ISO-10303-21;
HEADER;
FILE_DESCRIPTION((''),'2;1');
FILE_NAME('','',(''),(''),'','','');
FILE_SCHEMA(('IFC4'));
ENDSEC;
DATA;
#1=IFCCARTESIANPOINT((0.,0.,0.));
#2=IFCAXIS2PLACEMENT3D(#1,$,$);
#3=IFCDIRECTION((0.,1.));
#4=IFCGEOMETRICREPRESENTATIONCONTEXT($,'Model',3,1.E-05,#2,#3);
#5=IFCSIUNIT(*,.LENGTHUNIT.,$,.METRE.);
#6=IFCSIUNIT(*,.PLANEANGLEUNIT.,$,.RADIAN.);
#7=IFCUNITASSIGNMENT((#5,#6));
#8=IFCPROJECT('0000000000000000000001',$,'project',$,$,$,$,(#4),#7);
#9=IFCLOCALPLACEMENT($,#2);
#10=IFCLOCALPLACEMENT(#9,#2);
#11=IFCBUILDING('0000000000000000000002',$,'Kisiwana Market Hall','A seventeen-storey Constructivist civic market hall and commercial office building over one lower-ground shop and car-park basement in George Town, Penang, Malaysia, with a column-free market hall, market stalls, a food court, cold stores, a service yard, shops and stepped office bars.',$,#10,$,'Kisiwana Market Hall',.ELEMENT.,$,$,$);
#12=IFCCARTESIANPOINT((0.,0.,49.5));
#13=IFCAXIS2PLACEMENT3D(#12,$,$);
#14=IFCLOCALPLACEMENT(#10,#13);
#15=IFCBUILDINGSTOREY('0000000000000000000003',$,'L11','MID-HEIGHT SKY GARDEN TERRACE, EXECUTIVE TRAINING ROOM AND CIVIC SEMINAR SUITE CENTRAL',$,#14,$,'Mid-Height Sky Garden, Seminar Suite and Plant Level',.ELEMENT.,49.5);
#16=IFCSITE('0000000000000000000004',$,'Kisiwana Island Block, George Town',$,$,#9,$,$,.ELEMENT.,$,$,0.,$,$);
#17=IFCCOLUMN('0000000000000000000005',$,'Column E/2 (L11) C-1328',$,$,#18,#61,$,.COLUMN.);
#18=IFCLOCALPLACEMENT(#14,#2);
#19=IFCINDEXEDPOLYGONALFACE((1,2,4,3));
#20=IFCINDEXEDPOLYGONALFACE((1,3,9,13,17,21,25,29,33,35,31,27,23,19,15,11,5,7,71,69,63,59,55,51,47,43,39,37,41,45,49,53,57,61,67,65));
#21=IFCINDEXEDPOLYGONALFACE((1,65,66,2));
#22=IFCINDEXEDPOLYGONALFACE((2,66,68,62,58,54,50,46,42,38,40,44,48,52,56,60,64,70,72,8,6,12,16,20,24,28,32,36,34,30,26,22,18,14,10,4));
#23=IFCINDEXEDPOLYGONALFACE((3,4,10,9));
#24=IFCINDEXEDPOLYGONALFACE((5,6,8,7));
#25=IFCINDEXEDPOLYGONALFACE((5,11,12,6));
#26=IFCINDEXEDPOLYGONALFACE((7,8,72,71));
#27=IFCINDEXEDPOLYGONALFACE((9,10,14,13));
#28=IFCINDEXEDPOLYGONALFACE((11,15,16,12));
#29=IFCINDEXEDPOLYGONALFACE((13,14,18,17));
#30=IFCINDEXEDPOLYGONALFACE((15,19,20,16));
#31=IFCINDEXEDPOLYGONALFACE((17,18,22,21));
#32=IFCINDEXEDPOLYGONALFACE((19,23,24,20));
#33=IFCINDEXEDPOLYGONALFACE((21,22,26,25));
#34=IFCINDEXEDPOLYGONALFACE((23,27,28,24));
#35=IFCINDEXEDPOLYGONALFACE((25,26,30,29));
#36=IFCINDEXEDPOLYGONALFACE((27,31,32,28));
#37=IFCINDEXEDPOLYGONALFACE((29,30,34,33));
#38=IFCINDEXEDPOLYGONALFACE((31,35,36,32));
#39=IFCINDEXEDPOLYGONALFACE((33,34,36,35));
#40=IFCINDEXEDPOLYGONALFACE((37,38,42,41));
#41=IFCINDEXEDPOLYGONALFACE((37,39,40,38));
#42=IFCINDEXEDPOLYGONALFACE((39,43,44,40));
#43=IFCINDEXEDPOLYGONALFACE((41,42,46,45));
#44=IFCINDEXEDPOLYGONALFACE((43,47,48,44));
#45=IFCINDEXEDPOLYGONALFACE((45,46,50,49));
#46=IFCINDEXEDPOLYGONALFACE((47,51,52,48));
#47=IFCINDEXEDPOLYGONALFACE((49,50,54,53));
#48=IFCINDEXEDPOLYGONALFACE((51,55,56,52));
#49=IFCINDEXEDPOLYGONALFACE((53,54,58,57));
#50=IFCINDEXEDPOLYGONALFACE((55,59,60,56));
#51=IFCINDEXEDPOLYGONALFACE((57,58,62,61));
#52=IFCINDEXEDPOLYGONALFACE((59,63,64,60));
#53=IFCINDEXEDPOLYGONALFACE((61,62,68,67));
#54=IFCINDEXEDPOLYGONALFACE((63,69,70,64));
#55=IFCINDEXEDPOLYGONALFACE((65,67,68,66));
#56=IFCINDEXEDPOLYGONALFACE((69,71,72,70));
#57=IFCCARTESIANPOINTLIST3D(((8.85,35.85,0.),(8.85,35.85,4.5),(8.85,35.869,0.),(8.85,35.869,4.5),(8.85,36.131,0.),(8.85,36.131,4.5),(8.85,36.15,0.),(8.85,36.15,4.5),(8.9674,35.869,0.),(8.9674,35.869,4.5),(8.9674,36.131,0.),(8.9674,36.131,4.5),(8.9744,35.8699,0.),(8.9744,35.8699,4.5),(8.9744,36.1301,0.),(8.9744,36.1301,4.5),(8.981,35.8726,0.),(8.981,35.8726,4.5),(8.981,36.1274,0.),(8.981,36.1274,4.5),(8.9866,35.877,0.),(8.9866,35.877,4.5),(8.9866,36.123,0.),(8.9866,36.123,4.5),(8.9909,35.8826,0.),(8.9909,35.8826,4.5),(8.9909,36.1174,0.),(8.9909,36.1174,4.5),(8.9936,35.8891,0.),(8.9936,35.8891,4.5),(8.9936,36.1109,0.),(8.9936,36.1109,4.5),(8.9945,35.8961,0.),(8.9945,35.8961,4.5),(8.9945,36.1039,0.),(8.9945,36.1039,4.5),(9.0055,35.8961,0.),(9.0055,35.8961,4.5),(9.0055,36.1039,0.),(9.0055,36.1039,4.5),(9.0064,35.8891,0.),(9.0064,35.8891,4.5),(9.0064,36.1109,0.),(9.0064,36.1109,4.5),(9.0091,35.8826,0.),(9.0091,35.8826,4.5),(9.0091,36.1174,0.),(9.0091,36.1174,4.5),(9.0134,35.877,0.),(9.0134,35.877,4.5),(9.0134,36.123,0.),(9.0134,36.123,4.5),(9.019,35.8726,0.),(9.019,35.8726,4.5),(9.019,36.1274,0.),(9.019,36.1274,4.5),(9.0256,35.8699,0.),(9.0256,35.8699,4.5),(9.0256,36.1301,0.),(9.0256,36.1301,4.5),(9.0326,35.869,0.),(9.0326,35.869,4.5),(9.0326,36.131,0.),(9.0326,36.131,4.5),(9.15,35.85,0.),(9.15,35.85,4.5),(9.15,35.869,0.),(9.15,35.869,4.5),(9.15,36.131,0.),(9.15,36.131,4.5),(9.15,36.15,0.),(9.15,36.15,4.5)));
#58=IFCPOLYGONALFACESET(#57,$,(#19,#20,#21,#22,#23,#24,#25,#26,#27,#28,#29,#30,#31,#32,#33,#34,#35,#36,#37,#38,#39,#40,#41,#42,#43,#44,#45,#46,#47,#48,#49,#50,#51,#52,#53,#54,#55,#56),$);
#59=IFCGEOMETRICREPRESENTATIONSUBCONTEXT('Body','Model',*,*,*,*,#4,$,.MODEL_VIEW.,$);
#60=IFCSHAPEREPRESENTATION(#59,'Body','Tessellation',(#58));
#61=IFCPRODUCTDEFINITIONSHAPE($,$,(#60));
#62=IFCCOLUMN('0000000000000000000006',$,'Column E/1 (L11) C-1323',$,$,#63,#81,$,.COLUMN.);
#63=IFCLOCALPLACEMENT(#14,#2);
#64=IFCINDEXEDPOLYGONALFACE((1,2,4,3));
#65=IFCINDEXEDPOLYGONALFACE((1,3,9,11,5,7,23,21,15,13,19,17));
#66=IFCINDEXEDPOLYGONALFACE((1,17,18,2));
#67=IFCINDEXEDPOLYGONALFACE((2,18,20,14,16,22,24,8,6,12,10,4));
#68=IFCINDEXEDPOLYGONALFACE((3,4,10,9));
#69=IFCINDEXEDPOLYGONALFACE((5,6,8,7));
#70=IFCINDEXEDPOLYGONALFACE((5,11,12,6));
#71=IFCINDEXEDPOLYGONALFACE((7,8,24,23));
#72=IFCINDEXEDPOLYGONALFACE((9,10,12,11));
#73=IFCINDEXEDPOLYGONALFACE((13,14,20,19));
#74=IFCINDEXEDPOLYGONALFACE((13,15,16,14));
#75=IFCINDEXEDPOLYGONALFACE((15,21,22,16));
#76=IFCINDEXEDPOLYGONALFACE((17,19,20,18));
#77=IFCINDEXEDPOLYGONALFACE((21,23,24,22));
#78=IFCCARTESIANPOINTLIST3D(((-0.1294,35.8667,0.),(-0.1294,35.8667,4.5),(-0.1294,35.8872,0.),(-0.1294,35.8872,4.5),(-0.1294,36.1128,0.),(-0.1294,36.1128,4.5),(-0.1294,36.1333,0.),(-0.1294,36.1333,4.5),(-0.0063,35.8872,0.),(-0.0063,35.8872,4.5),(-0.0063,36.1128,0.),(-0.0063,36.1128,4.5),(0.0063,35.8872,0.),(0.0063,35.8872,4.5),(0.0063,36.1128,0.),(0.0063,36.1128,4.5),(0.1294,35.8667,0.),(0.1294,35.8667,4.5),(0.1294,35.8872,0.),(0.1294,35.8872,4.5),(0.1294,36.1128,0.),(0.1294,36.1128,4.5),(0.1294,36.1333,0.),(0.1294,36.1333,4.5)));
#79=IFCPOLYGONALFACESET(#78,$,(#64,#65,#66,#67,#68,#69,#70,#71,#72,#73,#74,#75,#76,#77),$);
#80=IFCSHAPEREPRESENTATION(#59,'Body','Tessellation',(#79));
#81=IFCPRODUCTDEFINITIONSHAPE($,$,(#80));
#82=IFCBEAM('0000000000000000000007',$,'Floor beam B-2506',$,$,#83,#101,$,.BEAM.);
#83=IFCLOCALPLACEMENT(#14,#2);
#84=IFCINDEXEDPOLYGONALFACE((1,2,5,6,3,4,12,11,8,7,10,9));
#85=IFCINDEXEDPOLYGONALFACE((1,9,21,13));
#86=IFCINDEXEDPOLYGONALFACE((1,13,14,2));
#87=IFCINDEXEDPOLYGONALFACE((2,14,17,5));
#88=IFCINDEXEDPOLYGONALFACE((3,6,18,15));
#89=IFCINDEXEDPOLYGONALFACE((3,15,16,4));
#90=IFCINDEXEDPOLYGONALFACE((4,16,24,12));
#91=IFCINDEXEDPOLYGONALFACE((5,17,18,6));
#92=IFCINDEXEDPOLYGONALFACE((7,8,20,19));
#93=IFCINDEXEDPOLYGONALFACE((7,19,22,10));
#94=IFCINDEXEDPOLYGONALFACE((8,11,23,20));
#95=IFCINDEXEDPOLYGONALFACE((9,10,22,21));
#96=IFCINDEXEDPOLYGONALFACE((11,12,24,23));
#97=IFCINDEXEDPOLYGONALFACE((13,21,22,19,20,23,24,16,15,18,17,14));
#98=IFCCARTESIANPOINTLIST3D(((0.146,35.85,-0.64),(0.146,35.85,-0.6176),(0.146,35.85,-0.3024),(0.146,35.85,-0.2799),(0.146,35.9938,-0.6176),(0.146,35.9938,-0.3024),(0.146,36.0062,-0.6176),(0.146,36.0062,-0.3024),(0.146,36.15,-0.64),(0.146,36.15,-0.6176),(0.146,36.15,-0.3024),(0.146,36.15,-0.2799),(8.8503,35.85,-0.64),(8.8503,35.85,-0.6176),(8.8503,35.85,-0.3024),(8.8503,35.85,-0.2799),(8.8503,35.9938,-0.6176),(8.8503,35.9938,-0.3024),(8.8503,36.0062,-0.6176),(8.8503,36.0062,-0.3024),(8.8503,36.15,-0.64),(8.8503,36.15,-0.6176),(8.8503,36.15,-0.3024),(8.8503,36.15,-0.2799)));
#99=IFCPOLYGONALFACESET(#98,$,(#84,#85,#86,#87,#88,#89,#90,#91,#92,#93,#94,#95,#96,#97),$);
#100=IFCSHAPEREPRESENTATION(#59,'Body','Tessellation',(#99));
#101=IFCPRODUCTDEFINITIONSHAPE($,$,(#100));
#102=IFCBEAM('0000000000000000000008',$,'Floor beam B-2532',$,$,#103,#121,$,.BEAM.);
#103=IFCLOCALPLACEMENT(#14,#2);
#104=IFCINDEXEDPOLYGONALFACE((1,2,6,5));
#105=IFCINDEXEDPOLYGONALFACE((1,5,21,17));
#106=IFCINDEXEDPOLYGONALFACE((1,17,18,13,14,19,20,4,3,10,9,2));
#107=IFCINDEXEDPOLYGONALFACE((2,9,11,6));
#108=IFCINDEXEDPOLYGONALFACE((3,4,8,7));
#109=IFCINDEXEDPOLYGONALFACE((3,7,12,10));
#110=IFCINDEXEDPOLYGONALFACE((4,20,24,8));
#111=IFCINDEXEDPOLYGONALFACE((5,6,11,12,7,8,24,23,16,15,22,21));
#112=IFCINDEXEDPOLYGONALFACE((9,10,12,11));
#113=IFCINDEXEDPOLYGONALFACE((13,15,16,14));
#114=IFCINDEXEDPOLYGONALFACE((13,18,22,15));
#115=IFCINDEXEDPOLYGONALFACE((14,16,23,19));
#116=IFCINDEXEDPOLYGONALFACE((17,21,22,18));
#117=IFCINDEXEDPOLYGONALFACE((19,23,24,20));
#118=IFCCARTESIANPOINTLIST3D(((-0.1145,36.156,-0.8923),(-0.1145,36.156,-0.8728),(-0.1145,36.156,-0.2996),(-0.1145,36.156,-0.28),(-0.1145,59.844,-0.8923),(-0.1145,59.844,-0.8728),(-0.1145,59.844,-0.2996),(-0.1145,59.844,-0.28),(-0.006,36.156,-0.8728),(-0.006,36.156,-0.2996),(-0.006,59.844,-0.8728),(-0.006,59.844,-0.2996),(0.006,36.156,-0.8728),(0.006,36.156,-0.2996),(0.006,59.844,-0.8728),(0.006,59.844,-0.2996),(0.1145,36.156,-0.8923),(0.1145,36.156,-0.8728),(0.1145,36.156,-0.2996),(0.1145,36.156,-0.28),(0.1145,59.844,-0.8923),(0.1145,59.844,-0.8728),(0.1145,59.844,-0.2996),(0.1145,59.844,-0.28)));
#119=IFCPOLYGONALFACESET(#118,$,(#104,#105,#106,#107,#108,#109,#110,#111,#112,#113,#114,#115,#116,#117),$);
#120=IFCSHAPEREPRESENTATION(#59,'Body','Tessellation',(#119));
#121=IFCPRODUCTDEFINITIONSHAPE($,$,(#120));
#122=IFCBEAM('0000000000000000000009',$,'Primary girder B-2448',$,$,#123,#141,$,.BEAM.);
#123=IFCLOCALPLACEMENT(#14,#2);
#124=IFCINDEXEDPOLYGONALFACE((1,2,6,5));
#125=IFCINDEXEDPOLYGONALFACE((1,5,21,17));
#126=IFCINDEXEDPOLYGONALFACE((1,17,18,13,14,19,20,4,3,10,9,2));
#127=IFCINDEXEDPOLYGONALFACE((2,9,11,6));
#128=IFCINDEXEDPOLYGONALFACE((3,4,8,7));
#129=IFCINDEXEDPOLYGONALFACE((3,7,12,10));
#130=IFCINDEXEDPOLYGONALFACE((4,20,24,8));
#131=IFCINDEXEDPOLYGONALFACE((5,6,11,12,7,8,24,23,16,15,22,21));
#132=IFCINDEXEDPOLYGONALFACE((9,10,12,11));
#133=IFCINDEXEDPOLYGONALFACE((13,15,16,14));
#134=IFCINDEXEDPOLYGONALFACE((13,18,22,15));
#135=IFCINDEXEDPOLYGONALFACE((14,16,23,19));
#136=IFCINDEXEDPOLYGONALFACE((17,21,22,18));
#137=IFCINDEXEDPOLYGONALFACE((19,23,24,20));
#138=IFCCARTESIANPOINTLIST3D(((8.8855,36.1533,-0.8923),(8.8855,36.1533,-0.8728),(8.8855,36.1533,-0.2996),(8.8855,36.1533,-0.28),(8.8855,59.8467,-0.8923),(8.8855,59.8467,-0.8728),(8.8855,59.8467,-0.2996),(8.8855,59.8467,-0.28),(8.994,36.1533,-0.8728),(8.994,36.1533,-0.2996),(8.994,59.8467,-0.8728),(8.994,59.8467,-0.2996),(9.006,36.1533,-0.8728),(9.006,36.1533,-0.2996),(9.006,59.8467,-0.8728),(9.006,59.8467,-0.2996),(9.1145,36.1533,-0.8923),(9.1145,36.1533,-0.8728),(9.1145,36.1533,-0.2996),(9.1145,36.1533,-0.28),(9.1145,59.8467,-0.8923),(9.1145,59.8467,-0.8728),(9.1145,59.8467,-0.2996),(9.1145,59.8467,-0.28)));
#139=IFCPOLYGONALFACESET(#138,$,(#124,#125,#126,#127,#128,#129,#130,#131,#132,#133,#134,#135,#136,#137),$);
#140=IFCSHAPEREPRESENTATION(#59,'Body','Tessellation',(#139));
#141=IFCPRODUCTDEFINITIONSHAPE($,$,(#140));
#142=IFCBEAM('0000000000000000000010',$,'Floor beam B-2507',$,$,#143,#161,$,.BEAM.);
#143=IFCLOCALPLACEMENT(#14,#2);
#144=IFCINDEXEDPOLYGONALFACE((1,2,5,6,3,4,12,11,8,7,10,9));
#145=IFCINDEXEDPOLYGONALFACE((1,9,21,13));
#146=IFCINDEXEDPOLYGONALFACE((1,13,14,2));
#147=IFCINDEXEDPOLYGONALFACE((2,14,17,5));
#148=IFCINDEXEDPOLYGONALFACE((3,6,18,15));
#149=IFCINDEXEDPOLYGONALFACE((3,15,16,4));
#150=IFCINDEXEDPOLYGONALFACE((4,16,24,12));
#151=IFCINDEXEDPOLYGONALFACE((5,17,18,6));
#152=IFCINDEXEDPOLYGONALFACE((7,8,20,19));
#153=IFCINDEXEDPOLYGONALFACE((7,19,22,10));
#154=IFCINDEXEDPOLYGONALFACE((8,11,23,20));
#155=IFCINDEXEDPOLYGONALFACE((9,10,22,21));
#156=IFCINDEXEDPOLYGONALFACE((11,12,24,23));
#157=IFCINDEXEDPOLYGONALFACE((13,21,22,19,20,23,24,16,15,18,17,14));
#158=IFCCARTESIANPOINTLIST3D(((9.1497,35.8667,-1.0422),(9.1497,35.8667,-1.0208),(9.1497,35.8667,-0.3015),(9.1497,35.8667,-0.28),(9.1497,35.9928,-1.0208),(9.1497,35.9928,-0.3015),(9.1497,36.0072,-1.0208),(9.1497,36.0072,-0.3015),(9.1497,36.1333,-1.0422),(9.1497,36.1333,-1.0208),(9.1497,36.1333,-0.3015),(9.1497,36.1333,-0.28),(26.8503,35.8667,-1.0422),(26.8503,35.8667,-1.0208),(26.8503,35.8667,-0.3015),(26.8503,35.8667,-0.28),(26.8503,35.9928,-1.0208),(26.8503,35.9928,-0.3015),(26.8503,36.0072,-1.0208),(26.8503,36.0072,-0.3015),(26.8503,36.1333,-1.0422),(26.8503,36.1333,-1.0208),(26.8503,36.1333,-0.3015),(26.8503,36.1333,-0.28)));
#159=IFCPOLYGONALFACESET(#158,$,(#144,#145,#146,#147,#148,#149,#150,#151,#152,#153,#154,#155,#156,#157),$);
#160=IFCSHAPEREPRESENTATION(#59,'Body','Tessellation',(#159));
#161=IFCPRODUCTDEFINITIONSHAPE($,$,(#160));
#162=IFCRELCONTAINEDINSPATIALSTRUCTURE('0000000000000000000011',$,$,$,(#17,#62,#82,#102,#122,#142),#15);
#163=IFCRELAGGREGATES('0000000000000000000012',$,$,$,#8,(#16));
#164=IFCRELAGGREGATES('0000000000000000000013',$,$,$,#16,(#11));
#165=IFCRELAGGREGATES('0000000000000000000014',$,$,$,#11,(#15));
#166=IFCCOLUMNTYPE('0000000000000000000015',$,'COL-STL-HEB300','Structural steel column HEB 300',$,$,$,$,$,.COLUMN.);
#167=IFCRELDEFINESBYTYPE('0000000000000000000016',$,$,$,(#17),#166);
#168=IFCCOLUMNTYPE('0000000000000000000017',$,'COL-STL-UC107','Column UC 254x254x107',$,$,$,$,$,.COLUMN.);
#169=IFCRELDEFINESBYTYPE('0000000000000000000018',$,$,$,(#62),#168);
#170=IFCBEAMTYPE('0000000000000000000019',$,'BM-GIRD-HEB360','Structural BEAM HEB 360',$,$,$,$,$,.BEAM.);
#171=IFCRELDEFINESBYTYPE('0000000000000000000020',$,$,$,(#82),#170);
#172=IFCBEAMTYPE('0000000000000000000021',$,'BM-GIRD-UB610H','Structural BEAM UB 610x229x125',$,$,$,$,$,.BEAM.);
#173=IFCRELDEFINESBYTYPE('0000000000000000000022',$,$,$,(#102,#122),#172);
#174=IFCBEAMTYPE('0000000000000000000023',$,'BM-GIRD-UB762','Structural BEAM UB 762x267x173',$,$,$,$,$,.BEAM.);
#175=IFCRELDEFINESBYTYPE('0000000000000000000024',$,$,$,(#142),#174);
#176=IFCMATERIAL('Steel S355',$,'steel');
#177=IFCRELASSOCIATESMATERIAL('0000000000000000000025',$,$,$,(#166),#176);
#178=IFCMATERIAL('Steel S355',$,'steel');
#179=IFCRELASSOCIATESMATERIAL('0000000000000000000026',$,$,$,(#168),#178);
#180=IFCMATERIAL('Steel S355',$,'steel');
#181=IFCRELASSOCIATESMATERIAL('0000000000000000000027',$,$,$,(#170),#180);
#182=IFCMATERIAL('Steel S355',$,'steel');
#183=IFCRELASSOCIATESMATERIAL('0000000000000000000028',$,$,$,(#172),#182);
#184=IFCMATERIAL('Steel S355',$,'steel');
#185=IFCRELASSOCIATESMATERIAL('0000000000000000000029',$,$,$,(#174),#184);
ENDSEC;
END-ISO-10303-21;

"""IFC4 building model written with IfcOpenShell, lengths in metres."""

from ifc_helpers import new_model, si_unit, direction, frame, origin, origin_2d, place, context, subcontext, project, spatial, i_section, extrude, material, material_profile, profile_set, type_object, element, save


model = new_model("IFC4")

# Units and contexts
model_context = context("Model", 3, precision=1e-05, world=origin(), true_north=direction((0.0, 1.0)))
body_context = subcontext(model_context, "Body", "Model", "MODEL_VIEW")
ifc_project = project(units=[si_unit("LENGTHUNIT", "METRE"), si_unit("PLANEANGLEUNIT", "RADIAN")], contexts=[model_context])

# Site, building, storey
site_placement = place(None, origin())
site = spatial("IfcSite", under=ifc_project, at=site_placement, Name="Kisiwana Island Block, George Town", CompositionType="ELEMENT", RefElevation=0.0)
building_placement = place(site_placement, origin())
building = spatial("IfcBuilding", under=site, at=building_placement, Name="Kisiwana Market Hall", Description="A seventeen-storey Constructivist civic market hall and commercial office building over one lower-ground shop and car-park basement in George Town, Penang, Malaysia, with a column-free market hall, market stalls, a food court, cold stores, a service yard, shops and stepped office bars.", LongName="Kisiwana Market Hall", CompositionType="ELEMENT")
storey_placement = place(building_placement, frame((0.0, 0.0, 49.5)))
storey = spatial("IfcBuildingStorey", under=building, at=storey_placement, Name="L11", Description="MID-HEIGHT SKY GARDEN TERRACE, EXECUTIVE TRAINING ROOM AND CIVIC SEMINAR SUITE CENTRAL", LongName="Mid-Height Sky Garden, Seminar Suite and Plant Level", CompositionType="ELEMENT", Elevation=49.5)

# Columns
ifc_material_1 = material(Name="Steel S355", Category="steel")
ifc_material_profile_1 = material_profile(ifc_material_1, i_section(OverallWidth=0.3, OverallDepth=0.3, WebThickness=0.011, FlangeThickness=0.019, FilletRadius=0.0271, at=origin_2d()), Name="HEB 300")
ifc_profile_set_1 = profile_set([ifc_material_profile_1], Name="Steel S355")
column_type_1 = type_object("IfcColumnType", Name="COL-STL-HEB300", Description="Structural steel column HEB 300", PredefinedType="COLUMN", material=ifc_profile_set_1)
column_1_placement = place(storey_placement, frame((9.0, 36.0, 0.0), z_axis=(0.0, 0.0, 1.0), x_axis=(1.0, 0.0, 0.0)))
element("IfcColumn", 1, at=column_1_placement, inside=storey, type_object=column_type_1, Name="Column E/2 (L11) C-1328", PredefinedType="COLUMN", context=body_context, shape_type="SweptSolid", body=[
    extrude(i_section(OverallWidth=0.3, OverallDepth=0.3, WebThickness=0.011, FlangeThickness=0.019, FilletRadius=0.0271, at=origin_2d()), origin(), (0.0, 0.0, 1.0), 4.5),
])
ifc_material_2 = material(Name="Steel S355", Category="steel")
ifc_material_profile_2 = material_profile(ifc_material_2, i_section(OverallWidth=0.2588, OverallDepth=0.2666, WebThickness=0.0127, FlangeThickness=0.0205, at=origin_2d()), Name="UC 254x254x107")
ifc_profile_set_2 = profile_set([ifc_material_profile_2], Name="Steel S355")
column_type_2 = type_object("IfcColumnType", Name="COL-STL-UC107", Description="Column UC 254x254x107", PredefinedType="COLUMN", material=ifc_profile_set_2)
column_2_placement = place(storey_placement, frame((0.0, 36.0, 0.0), z_axis=(0.0, 0.0, 1.0), x_axis=(1.0, 0.0, 0.0)))
element("IfcColumn", 2, at=column_2_placement, inside=storey, type_object=column_type_2, Name="Column E/1 (L11) C-1323", PredefinedType="COLUMN", context=body_context, shape_type="SweptSolid", body=[
    extrude(i_section(OverallWidth=0.2588, OverallDepth=0.2666, WebThickness=0.0127, FlangeThickness=0.0205, at=origin_2d()), origin(), (0.0, 0.0, 1.0), 4.5),
])

# Beams
ifc_material_3 = material(Name="Steel S355", Category="steel")
ifc_material_profile_3 = material_profile(ifc_material_3, i_section(OverallWidth=0.3, OverallDepth=0.3601, WebThickness=0.0125, FlangeThickness=0.0225, at=origin_2d()), Name="HEB 360")
ifc_profile_set_3 = profile_set([ifc_material_profile_3], Name="Steel S355")
beam_type_1 = type_object("IfcBeamType", Name="BM-GIRD-HEB360", Description="Structural BEAM HEB 360", PredefinedType="BEAM", material=ifc_profile_set_3)
beam_1_placement = place(storey_placement, frame((0.146, 36.0, -0.46), z_axis=(1.0, 0.0, 0.0), x_axis=(0.0, 1.0, 0.0)))
element("IfcBeam", 3, at=beam_1_placement, inside=storey, type_object=beam_type_1, Name="Floor beam B-2506", PredefinedType="BEAM", context=body_context, shape_type="SweptSolid", body=[
    extrude(i_section(OverallWidth=0.3, OverallDepth=0.3601, WebThickness=0.0125, FlangeThickness=0.0225, at=origin_2d()), origin(), (0.0, 0.0, 1.0), 8.7043),
])
ifc_material_4 = material(Name="Steel S355", Category="steel")
ifc_material_profile_4 = material_profile(ifc_material_4, i_section(OverallWidth=0.229, OverallDepth=0.6123, WebThickness=0.012, FlangeThickness=0.0195, at=origin_2d()), Name="UB 610x229x125")
ifc_profile_set_4 = profile_set([ifc_material_profile_4], Name="Steel S355")
beam_type_2 = type_object("IfcBeamType", Name="BM-GIRD-UB610H", Description="Structural BEAM UB 610x229x125", PredefinedType="BEAM", material=ifc_profile_set_4)
beam_2_placement = place(storey_placement, frame((0.0, 36.156, -0.5862), z_axis=(0.0, 1.0, 0.0), x_axis=(-1.0, 0.0, 0.0)))
element("IfcBeam", 4, at=beam_2_placement, inside=storey, type_object=beam_type_2, Name="Floor beam B-2532", PredefinedType="BEAM", context=body_context, shape_type="SweptSolid", body=[
    extrude(i_section(OverallWidth=0.229, OverallDepth=0.6123, WebThickness=0.012, FlangeThickness=0.0195, at=origin_2d()), origin(), (0.0, 0.0, 1.0), 23.688),
])
beam_3_placement = place(storey_placement, frame((9.0, 36.1533, -0.5862), z_axis=(0.0, 1.0, 0.0), x_axis=(-1.0, 0.0, 0.0)))
element("IfcBeam", 5, at=beam_3_placement, inside=storey, type_object=beam_type_2, Name="Primary girder B-2448", PredefinedType="BEAM", context=body_context, shape_type="SweptSolid", body=[
    extrude(i_section(OverallWidth=0.229, OverallDepth=0.6123, WebThickness=0.012, FlangeThickness=0.0195, at=origin_2d()), origin(), (0.0, 0.0, 1.0), 23.6934),
])
ifc_material_5 = material(Name="Steel S355", Category="steel")
ifc_material_profile_5 = material_profile(ifc_material_5, i_section(OverallWidth=0.2666, OverallDepth=0.7622, WebThickness=0.0144, FlangeThickness=0.0215, at=origin_2d()), Name="UB 762x267x173")
ifc_profile_set_5 = profile_set([ifc_material_profile_5], Name="Steel S355")
beam_type_3 = type_object("IfcBeamType", Name="BM-GIRD-UB762", Description="Structural BEAM UB 762x267x173", PredefinedType="BEAM", material=ifc_profile_set_5)
beam_4_placement = place(storey_placement, frame((9.1497, 36.0, -0.6611), z_axis=(1.0, 0.0, 0.0), x_axis=(0.0, 1.0, 0.0)))
element("IfcBeam", 6, at=beam_4_placement, inside=storey, type_object=beam_type_3, Name="Floor beam B-2507", PredefinedType="BEAM", context=body_context, shape_type="SweptSolid", body=[
    extrude(i_section(OverallWidth=0.2666, OverallDepth=0.7622, WebThickness=0.0144, FlangeThickness=0.0215, at=origin_2d()), origin(), (0.0, 0.0, 1.0), 17.7007),
])

save(model, "model.ifc")
